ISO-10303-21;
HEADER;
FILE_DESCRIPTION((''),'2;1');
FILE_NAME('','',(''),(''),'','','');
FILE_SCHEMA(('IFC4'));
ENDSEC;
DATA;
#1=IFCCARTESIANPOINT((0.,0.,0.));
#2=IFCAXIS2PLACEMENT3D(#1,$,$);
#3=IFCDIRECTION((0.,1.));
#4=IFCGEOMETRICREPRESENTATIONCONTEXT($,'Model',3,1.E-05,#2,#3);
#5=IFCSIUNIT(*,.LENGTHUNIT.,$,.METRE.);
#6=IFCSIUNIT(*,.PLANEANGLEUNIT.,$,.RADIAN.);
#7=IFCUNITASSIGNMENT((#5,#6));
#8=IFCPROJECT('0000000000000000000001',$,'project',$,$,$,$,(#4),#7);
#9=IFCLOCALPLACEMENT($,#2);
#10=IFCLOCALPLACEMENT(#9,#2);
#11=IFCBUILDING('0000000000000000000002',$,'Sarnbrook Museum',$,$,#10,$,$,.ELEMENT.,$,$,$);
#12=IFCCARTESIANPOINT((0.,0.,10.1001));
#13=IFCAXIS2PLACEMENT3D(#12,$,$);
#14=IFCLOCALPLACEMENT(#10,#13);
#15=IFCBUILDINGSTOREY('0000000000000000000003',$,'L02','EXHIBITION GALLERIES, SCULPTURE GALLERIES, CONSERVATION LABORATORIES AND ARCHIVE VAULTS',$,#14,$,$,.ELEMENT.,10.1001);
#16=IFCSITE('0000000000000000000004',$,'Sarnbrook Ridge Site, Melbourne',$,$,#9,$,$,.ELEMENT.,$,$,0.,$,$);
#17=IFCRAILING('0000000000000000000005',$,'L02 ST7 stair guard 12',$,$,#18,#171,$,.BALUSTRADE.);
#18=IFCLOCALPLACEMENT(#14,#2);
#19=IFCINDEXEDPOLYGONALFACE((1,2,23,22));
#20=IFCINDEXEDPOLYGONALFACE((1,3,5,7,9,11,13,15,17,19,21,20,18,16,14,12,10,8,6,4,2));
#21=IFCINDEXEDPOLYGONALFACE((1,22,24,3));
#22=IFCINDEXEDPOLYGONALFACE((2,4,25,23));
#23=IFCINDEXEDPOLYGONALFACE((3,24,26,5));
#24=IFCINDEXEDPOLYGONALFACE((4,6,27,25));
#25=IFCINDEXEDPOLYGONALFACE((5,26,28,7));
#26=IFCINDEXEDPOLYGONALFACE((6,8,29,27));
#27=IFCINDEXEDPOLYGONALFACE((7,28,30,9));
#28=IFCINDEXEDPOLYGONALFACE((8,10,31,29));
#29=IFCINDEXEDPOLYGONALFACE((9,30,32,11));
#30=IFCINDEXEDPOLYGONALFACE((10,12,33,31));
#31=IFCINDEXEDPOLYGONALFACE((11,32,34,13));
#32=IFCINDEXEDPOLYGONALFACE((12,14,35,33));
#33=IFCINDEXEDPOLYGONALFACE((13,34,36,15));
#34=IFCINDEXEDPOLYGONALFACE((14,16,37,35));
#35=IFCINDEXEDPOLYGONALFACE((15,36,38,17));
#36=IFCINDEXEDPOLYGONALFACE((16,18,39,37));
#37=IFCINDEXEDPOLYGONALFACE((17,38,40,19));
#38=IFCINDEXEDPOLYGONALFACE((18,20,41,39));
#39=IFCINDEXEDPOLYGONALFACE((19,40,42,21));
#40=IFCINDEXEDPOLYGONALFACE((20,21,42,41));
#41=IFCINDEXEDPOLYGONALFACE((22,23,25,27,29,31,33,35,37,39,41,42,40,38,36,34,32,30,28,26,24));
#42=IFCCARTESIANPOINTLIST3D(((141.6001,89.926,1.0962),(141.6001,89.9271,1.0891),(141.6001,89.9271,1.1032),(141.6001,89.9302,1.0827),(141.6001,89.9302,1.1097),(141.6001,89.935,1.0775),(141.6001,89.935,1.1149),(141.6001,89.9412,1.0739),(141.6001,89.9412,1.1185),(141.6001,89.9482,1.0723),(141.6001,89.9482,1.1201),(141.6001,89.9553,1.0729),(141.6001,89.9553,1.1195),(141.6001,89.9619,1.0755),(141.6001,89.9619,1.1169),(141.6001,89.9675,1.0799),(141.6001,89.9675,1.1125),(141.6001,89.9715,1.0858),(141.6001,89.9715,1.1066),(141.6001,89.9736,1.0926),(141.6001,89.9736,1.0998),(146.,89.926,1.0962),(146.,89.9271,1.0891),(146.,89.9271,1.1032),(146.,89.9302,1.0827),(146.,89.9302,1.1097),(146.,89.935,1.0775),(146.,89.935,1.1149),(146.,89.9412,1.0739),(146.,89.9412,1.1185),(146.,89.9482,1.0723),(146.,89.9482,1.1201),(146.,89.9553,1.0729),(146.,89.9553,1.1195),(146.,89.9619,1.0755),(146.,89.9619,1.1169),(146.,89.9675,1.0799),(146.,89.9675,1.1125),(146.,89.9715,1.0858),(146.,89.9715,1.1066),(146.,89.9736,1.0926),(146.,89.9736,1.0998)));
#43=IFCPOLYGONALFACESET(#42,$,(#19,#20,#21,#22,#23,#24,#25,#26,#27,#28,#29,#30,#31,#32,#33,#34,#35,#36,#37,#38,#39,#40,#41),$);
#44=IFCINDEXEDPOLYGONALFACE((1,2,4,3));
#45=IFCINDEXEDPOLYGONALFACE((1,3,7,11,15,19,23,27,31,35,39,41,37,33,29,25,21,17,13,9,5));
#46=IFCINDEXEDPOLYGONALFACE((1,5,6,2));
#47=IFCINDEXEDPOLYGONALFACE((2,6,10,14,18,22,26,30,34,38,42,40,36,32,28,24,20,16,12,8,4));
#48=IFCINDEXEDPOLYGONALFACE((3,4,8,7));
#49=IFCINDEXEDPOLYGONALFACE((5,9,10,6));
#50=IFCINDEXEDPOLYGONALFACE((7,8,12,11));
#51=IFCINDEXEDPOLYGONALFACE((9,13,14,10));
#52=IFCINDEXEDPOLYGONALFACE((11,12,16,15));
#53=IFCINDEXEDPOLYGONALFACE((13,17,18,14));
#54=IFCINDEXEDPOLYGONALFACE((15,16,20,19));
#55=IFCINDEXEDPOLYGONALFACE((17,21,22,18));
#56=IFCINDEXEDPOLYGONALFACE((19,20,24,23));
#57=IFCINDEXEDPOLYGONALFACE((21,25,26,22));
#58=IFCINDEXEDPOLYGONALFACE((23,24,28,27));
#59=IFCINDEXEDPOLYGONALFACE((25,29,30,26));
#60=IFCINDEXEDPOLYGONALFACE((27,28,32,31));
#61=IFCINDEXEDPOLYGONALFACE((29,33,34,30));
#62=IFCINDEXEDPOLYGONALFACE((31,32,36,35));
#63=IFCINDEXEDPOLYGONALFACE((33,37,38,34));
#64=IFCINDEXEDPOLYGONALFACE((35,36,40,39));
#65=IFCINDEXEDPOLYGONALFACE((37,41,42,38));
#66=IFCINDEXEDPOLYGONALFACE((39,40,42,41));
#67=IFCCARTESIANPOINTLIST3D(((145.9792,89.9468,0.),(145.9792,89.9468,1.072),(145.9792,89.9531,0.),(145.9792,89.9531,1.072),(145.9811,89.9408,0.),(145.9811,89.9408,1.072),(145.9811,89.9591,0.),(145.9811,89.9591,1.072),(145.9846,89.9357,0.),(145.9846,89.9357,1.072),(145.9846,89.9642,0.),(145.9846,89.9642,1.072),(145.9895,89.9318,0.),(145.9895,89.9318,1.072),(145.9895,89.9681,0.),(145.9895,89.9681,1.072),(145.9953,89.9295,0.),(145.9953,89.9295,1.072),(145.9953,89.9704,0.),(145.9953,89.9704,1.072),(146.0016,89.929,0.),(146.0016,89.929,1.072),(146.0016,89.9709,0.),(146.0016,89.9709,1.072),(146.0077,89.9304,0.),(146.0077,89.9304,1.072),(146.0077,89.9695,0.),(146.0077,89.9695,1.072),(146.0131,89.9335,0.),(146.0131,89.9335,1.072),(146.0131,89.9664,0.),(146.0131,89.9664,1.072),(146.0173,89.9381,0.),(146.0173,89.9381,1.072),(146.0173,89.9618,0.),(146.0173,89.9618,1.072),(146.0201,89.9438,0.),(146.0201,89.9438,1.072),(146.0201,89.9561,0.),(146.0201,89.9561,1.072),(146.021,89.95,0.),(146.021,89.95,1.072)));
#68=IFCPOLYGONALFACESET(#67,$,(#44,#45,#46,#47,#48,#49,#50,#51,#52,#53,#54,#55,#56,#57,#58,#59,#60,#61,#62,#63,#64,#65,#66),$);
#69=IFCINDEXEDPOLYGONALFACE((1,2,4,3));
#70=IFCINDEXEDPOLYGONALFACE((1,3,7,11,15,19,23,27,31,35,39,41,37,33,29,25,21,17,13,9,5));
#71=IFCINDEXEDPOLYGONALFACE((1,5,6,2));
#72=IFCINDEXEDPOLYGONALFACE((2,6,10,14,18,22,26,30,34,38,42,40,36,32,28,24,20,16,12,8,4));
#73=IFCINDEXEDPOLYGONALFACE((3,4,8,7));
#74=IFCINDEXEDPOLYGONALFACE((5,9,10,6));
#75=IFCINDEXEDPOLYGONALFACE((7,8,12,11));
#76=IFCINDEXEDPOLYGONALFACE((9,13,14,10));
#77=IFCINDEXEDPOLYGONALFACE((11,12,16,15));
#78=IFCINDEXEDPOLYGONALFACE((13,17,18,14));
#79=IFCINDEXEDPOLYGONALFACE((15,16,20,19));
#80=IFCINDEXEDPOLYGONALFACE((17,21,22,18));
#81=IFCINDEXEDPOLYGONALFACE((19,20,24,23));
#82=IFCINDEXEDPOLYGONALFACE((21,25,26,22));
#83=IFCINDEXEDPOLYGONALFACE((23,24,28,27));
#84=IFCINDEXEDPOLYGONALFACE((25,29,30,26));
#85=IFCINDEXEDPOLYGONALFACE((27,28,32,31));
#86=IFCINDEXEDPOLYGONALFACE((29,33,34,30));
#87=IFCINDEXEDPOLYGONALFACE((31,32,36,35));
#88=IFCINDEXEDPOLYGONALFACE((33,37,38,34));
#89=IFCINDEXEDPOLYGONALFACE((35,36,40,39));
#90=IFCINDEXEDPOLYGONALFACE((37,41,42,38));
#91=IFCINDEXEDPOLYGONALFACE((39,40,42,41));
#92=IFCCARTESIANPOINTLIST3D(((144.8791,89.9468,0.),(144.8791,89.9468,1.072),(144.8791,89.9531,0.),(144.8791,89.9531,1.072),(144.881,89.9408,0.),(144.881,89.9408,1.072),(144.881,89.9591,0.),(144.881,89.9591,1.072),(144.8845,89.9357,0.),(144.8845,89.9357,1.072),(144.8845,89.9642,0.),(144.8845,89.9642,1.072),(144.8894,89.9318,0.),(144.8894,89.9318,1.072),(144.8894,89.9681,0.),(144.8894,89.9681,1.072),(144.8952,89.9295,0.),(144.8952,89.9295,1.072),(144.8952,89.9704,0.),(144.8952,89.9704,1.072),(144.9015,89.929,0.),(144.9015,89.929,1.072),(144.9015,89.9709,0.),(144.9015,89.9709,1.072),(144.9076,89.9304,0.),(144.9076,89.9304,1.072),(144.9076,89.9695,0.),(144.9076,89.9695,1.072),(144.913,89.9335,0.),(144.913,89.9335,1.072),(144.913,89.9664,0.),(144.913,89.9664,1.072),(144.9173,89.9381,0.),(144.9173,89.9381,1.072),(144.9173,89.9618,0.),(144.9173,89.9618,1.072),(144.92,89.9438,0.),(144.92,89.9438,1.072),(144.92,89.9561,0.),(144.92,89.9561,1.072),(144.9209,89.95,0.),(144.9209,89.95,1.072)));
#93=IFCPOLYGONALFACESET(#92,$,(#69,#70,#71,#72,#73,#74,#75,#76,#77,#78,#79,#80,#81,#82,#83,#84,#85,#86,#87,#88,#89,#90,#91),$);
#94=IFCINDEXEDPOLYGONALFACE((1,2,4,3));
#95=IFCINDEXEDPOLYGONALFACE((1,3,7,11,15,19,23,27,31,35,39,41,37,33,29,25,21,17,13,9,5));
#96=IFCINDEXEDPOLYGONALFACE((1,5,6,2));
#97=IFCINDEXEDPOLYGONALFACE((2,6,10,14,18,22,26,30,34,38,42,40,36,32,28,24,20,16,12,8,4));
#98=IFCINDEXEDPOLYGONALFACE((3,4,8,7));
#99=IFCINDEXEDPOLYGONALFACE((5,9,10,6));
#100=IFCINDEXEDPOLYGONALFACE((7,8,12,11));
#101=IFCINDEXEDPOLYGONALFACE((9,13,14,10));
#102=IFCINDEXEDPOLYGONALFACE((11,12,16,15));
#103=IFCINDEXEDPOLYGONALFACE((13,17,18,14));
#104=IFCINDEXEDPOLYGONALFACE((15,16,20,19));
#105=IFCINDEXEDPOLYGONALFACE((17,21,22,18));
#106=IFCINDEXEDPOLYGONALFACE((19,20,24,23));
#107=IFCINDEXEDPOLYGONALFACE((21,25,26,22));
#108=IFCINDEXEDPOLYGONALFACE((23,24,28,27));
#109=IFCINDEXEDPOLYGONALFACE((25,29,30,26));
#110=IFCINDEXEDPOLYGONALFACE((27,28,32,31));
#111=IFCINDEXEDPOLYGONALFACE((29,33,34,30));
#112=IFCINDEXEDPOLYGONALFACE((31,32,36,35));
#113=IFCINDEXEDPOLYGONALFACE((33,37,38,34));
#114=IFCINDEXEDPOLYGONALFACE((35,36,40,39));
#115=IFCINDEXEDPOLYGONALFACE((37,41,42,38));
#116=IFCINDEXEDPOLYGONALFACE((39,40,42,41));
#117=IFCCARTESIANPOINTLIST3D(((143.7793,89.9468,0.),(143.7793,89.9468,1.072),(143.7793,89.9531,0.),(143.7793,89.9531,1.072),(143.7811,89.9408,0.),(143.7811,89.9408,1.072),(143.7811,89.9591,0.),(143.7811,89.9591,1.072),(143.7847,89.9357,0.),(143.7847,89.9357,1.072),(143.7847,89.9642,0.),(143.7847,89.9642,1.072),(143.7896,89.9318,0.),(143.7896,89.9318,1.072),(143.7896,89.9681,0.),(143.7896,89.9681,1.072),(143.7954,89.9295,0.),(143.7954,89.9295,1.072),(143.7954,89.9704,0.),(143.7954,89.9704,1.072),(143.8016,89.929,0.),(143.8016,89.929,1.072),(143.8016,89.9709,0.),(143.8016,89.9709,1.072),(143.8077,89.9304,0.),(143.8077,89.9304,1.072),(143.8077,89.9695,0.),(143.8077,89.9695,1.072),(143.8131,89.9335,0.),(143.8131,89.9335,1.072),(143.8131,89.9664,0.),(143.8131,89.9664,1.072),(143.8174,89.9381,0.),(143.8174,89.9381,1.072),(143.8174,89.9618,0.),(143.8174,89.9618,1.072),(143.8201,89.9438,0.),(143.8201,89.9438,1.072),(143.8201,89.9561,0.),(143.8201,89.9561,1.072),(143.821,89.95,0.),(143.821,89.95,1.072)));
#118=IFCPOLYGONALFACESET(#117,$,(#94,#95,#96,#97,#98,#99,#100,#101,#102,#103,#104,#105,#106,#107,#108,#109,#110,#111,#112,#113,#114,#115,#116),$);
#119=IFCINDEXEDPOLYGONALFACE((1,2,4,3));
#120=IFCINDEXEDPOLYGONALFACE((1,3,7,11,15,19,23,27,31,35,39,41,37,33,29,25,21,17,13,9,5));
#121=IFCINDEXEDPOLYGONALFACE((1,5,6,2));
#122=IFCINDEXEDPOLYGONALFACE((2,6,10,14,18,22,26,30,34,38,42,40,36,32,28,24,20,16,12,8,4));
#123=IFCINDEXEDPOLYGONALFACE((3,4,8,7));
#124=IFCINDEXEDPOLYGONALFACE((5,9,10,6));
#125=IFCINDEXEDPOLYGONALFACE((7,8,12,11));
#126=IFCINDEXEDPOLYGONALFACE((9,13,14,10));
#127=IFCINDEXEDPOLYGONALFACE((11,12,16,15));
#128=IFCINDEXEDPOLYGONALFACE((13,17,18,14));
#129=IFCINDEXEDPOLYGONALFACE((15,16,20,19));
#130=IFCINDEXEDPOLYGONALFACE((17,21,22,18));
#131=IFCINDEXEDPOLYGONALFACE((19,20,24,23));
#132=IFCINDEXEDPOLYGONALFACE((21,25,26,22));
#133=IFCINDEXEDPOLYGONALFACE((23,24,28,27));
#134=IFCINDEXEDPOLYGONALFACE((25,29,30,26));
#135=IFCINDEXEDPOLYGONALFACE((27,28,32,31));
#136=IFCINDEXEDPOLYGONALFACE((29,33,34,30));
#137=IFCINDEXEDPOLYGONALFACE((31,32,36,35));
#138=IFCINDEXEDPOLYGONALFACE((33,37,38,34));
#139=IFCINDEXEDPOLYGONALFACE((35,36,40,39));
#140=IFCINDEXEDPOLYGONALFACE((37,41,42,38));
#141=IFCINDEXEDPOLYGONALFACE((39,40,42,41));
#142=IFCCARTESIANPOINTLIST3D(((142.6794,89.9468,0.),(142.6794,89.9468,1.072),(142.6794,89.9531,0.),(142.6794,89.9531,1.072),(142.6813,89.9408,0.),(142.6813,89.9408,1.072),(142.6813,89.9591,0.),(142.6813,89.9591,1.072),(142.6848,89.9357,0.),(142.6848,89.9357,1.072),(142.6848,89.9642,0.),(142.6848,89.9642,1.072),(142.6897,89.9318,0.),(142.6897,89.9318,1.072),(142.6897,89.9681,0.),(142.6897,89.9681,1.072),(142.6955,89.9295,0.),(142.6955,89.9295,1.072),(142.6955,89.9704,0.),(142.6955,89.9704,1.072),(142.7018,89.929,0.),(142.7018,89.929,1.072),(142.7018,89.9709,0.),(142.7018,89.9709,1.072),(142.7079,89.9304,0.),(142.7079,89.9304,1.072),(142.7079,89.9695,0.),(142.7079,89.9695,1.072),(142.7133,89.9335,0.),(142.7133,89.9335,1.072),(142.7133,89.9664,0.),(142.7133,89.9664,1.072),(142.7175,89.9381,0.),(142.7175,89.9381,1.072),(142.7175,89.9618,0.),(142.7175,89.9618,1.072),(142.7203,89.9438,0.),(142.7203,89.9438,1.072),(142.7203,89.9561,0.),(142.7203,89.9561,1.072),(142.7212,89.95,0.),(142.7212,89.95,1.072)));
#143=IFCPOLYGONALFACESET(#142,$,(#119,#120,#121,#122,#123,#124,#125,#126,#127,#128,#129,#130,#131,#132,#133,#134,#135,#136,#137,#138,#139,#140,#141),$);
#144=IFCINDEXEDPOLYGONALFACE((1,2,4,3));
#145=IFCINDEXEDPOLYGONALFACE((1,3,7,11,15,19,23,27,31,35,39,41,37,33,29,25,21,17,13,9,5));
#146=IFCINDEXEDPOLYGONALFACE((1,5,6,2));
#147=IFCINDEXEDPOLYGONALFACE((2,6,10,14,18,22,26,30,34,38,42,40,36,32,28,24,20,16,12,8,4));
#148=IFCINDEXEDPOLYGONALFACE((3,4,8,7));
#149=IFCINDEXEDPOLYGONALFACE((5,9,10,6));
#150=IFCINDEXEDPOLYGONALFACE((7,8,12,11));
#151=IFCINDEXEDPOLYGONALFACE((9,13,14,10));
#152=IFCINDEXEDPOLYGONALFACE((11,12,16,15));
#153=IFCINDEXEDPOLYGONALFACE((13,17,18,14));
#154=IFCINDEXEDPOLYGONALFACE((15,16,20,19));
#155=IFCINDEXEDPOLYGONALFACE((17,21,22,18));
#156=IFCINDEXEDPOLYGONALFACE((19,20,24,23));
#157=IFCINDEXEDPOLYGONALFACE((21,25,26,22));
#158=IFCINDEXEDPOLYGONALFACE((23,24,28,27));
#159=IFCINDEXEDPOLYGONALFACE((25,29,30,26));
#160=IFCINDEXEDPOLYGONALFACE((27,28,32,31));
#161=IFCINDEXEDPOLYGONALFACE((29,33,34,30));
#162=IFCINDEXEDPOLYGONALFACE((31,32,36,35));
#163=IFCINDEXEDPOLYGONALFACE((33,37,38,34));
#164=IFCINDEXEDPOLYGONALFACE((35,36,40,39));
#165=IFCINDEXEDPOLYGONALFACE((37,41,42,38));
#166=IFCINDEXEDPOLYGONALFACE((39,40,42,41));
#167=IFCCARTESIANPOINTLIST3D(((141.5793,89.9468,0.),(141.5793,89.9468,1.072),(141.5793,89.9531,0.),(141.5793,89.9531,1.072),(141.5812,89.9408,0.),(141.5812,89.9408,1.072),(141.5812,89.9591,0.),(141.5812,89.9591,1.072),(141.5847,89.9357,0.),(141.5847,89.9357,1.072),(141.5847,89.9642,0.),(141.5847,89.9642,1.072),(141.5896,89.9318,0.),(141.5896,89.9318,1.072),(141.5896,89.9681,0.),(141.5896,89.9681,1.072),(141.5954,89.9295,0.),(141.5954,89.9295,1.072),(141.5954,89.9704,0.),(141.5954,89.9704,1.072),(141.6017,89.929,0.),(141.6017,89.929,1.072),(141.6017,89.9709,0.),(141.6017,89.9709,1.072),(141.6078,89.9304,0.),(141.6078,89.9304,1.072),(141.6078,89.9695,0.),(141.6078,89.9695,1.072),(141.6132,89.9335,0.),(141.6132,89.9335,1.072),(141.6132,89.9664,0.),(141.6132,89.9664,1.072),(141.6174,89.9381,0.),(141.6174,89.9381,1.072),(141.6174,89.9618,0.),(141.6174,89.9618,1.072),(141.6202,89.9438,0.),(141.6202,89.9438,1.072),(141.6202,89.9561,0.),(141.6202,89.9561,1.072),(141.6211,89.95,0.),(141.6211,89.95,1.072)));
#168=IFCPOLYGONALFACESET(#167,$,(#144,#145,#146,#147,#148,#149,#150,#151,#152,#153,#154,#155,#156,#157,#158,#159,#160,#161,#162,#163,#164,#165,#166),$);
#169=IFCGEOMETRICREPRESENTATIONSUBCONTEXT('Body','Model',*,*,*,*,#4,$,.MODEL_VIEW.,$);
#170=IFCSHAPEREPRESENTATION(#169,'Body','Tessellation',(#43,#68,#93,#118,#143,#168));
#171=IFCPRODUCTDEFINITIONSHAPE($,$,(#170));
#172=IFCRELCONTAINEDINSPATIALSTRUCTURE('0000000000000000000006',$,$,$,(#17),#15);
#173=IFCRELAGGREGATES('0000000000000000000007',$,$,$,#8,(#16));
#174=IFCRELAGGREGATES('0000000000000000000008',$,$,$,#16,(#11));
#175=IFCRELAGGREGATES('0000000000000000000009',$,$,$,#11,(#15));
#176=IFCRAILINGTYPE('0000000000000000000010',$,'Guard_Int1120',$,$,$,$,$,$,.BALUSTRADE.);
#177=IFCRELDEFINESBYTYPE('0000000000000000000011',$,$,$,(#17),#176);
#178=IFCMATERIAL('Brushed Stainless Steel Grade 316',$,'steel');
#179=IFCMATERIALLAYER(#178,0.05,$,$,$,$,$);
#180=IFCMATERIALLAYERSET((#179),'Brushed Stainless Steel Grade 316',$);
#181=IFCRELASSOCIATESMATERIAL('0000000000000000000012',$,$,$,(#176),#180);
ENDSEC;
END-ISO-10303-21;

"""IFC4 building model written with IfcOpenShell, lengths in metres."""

from ifc_helpers import new_model, si_unit, direction, frame, origin, origin_2d, place, context, subcontext, project, spatial, circle, extrude, material, layer, layer_set, type_object, element, save


model = new_model("IFC4")

# Units and contexts
model_context = context("Model", 3, precision=1e-05, world=origin(), true_north=direction((0.0, 1.0)))
body_context = subcontext(model_context, "Body", "Model", "MODEL_VIEW")
ifc_project = project(units=[si_unit("LENGTHUNIT", "METRE"), si_unit("PLANEANGLEUNIT", "RADIAN")], contexts=[model_context])

# Site, building, storey
site_placement = place(None, origin())
site = spatial("IfcSite", under=ifc_project, at=site_placement, Name="Sarnbrook Ridge Site, Melbourne", CompositionType="ELEMENT", RefElevation=0.0)
building_placement = place(site_placement, origin())
building = spatial("IfcBuilding", under=site, at=building_placement, Name="Sarnbrook Museum", CompositionType="ELEMENT")
storey_placement = place(building_placement, frame((0.0, 0.0, 10.1001)))
storey = spatial("IfcBuildingStorey", under=building, at=storey_placement, Name="L02", Description="EXHIBITION GALLERIES, SCULPTURE GALLERIES, CONSERVATION LABORATORIES AND ARCHIVE VAULTS", CompositionType="ELEMENT", Elevation=10.1001)

# Railing
ifc_material_1 = material(Name="Brushed Stainless Steel Grade 316", Category="steel")
ifc_layer_1 = layer(ifc_material_1, 0.05)
ifc_layer_set_1 = layer_set([ifc_layer_1], Name="Brushed Stainless Steel Grade 316")
railing_type_1 = type_object("IfcRailingType", Name="Guard_Int1120", PredefinedType="BALUSTRADE", material=ifc_layer_set_1)
railing_1_placement = place(storey_placement, frame((146.0, 89.95, 0.0)))
element("IfcRailing", 1, at=railing_1_placement, inside=storey, type_object=railing_type_1, Name="L02 ST7 stair guard 12", PredefinedType="BALUSTRADE", context=body_context, shape_type="SweptSolid", body=[
    extrude(circle(Radius=0.0239, at=origin_2d()), frame((0.0, 0.0, 1.0962), z_axis=(-1.0, 0.0, 0.0), x_axis=(0.0, -1.0, 0.0)), (0.0, 0.0, 1.0), 4.3999),
    extrude(circle(Radius=0.021, at=origin_2d()), origin(), (0.0, 0.0, 1.0), 1.072),
    extrude(circle(Radius=0.021, at=origin_2d()), frame((-1.1001, 0.0, 0.0)), (0.0, 0.0, 1.0), 1.072),
    extrude(circle(Radius=0.021, at=origin_2d()), frame((-2.2, 0.0, 0.0)), (0.0, 0.0, 1.0), 1.072),
    extrude(circle(Radius=0.021, at=origin_2d()), frame((-3.2998, 0.0, 0.0)), (0.0, 0.0, 1.0), 1.072),
    extrude(circle(Radius=0.021, at=origin_2d()), frame((-4.3999, 0.0, 0.0)), (0.0, 0.0, 1.0), 1.072),
])

save(model, "model.ifc")
